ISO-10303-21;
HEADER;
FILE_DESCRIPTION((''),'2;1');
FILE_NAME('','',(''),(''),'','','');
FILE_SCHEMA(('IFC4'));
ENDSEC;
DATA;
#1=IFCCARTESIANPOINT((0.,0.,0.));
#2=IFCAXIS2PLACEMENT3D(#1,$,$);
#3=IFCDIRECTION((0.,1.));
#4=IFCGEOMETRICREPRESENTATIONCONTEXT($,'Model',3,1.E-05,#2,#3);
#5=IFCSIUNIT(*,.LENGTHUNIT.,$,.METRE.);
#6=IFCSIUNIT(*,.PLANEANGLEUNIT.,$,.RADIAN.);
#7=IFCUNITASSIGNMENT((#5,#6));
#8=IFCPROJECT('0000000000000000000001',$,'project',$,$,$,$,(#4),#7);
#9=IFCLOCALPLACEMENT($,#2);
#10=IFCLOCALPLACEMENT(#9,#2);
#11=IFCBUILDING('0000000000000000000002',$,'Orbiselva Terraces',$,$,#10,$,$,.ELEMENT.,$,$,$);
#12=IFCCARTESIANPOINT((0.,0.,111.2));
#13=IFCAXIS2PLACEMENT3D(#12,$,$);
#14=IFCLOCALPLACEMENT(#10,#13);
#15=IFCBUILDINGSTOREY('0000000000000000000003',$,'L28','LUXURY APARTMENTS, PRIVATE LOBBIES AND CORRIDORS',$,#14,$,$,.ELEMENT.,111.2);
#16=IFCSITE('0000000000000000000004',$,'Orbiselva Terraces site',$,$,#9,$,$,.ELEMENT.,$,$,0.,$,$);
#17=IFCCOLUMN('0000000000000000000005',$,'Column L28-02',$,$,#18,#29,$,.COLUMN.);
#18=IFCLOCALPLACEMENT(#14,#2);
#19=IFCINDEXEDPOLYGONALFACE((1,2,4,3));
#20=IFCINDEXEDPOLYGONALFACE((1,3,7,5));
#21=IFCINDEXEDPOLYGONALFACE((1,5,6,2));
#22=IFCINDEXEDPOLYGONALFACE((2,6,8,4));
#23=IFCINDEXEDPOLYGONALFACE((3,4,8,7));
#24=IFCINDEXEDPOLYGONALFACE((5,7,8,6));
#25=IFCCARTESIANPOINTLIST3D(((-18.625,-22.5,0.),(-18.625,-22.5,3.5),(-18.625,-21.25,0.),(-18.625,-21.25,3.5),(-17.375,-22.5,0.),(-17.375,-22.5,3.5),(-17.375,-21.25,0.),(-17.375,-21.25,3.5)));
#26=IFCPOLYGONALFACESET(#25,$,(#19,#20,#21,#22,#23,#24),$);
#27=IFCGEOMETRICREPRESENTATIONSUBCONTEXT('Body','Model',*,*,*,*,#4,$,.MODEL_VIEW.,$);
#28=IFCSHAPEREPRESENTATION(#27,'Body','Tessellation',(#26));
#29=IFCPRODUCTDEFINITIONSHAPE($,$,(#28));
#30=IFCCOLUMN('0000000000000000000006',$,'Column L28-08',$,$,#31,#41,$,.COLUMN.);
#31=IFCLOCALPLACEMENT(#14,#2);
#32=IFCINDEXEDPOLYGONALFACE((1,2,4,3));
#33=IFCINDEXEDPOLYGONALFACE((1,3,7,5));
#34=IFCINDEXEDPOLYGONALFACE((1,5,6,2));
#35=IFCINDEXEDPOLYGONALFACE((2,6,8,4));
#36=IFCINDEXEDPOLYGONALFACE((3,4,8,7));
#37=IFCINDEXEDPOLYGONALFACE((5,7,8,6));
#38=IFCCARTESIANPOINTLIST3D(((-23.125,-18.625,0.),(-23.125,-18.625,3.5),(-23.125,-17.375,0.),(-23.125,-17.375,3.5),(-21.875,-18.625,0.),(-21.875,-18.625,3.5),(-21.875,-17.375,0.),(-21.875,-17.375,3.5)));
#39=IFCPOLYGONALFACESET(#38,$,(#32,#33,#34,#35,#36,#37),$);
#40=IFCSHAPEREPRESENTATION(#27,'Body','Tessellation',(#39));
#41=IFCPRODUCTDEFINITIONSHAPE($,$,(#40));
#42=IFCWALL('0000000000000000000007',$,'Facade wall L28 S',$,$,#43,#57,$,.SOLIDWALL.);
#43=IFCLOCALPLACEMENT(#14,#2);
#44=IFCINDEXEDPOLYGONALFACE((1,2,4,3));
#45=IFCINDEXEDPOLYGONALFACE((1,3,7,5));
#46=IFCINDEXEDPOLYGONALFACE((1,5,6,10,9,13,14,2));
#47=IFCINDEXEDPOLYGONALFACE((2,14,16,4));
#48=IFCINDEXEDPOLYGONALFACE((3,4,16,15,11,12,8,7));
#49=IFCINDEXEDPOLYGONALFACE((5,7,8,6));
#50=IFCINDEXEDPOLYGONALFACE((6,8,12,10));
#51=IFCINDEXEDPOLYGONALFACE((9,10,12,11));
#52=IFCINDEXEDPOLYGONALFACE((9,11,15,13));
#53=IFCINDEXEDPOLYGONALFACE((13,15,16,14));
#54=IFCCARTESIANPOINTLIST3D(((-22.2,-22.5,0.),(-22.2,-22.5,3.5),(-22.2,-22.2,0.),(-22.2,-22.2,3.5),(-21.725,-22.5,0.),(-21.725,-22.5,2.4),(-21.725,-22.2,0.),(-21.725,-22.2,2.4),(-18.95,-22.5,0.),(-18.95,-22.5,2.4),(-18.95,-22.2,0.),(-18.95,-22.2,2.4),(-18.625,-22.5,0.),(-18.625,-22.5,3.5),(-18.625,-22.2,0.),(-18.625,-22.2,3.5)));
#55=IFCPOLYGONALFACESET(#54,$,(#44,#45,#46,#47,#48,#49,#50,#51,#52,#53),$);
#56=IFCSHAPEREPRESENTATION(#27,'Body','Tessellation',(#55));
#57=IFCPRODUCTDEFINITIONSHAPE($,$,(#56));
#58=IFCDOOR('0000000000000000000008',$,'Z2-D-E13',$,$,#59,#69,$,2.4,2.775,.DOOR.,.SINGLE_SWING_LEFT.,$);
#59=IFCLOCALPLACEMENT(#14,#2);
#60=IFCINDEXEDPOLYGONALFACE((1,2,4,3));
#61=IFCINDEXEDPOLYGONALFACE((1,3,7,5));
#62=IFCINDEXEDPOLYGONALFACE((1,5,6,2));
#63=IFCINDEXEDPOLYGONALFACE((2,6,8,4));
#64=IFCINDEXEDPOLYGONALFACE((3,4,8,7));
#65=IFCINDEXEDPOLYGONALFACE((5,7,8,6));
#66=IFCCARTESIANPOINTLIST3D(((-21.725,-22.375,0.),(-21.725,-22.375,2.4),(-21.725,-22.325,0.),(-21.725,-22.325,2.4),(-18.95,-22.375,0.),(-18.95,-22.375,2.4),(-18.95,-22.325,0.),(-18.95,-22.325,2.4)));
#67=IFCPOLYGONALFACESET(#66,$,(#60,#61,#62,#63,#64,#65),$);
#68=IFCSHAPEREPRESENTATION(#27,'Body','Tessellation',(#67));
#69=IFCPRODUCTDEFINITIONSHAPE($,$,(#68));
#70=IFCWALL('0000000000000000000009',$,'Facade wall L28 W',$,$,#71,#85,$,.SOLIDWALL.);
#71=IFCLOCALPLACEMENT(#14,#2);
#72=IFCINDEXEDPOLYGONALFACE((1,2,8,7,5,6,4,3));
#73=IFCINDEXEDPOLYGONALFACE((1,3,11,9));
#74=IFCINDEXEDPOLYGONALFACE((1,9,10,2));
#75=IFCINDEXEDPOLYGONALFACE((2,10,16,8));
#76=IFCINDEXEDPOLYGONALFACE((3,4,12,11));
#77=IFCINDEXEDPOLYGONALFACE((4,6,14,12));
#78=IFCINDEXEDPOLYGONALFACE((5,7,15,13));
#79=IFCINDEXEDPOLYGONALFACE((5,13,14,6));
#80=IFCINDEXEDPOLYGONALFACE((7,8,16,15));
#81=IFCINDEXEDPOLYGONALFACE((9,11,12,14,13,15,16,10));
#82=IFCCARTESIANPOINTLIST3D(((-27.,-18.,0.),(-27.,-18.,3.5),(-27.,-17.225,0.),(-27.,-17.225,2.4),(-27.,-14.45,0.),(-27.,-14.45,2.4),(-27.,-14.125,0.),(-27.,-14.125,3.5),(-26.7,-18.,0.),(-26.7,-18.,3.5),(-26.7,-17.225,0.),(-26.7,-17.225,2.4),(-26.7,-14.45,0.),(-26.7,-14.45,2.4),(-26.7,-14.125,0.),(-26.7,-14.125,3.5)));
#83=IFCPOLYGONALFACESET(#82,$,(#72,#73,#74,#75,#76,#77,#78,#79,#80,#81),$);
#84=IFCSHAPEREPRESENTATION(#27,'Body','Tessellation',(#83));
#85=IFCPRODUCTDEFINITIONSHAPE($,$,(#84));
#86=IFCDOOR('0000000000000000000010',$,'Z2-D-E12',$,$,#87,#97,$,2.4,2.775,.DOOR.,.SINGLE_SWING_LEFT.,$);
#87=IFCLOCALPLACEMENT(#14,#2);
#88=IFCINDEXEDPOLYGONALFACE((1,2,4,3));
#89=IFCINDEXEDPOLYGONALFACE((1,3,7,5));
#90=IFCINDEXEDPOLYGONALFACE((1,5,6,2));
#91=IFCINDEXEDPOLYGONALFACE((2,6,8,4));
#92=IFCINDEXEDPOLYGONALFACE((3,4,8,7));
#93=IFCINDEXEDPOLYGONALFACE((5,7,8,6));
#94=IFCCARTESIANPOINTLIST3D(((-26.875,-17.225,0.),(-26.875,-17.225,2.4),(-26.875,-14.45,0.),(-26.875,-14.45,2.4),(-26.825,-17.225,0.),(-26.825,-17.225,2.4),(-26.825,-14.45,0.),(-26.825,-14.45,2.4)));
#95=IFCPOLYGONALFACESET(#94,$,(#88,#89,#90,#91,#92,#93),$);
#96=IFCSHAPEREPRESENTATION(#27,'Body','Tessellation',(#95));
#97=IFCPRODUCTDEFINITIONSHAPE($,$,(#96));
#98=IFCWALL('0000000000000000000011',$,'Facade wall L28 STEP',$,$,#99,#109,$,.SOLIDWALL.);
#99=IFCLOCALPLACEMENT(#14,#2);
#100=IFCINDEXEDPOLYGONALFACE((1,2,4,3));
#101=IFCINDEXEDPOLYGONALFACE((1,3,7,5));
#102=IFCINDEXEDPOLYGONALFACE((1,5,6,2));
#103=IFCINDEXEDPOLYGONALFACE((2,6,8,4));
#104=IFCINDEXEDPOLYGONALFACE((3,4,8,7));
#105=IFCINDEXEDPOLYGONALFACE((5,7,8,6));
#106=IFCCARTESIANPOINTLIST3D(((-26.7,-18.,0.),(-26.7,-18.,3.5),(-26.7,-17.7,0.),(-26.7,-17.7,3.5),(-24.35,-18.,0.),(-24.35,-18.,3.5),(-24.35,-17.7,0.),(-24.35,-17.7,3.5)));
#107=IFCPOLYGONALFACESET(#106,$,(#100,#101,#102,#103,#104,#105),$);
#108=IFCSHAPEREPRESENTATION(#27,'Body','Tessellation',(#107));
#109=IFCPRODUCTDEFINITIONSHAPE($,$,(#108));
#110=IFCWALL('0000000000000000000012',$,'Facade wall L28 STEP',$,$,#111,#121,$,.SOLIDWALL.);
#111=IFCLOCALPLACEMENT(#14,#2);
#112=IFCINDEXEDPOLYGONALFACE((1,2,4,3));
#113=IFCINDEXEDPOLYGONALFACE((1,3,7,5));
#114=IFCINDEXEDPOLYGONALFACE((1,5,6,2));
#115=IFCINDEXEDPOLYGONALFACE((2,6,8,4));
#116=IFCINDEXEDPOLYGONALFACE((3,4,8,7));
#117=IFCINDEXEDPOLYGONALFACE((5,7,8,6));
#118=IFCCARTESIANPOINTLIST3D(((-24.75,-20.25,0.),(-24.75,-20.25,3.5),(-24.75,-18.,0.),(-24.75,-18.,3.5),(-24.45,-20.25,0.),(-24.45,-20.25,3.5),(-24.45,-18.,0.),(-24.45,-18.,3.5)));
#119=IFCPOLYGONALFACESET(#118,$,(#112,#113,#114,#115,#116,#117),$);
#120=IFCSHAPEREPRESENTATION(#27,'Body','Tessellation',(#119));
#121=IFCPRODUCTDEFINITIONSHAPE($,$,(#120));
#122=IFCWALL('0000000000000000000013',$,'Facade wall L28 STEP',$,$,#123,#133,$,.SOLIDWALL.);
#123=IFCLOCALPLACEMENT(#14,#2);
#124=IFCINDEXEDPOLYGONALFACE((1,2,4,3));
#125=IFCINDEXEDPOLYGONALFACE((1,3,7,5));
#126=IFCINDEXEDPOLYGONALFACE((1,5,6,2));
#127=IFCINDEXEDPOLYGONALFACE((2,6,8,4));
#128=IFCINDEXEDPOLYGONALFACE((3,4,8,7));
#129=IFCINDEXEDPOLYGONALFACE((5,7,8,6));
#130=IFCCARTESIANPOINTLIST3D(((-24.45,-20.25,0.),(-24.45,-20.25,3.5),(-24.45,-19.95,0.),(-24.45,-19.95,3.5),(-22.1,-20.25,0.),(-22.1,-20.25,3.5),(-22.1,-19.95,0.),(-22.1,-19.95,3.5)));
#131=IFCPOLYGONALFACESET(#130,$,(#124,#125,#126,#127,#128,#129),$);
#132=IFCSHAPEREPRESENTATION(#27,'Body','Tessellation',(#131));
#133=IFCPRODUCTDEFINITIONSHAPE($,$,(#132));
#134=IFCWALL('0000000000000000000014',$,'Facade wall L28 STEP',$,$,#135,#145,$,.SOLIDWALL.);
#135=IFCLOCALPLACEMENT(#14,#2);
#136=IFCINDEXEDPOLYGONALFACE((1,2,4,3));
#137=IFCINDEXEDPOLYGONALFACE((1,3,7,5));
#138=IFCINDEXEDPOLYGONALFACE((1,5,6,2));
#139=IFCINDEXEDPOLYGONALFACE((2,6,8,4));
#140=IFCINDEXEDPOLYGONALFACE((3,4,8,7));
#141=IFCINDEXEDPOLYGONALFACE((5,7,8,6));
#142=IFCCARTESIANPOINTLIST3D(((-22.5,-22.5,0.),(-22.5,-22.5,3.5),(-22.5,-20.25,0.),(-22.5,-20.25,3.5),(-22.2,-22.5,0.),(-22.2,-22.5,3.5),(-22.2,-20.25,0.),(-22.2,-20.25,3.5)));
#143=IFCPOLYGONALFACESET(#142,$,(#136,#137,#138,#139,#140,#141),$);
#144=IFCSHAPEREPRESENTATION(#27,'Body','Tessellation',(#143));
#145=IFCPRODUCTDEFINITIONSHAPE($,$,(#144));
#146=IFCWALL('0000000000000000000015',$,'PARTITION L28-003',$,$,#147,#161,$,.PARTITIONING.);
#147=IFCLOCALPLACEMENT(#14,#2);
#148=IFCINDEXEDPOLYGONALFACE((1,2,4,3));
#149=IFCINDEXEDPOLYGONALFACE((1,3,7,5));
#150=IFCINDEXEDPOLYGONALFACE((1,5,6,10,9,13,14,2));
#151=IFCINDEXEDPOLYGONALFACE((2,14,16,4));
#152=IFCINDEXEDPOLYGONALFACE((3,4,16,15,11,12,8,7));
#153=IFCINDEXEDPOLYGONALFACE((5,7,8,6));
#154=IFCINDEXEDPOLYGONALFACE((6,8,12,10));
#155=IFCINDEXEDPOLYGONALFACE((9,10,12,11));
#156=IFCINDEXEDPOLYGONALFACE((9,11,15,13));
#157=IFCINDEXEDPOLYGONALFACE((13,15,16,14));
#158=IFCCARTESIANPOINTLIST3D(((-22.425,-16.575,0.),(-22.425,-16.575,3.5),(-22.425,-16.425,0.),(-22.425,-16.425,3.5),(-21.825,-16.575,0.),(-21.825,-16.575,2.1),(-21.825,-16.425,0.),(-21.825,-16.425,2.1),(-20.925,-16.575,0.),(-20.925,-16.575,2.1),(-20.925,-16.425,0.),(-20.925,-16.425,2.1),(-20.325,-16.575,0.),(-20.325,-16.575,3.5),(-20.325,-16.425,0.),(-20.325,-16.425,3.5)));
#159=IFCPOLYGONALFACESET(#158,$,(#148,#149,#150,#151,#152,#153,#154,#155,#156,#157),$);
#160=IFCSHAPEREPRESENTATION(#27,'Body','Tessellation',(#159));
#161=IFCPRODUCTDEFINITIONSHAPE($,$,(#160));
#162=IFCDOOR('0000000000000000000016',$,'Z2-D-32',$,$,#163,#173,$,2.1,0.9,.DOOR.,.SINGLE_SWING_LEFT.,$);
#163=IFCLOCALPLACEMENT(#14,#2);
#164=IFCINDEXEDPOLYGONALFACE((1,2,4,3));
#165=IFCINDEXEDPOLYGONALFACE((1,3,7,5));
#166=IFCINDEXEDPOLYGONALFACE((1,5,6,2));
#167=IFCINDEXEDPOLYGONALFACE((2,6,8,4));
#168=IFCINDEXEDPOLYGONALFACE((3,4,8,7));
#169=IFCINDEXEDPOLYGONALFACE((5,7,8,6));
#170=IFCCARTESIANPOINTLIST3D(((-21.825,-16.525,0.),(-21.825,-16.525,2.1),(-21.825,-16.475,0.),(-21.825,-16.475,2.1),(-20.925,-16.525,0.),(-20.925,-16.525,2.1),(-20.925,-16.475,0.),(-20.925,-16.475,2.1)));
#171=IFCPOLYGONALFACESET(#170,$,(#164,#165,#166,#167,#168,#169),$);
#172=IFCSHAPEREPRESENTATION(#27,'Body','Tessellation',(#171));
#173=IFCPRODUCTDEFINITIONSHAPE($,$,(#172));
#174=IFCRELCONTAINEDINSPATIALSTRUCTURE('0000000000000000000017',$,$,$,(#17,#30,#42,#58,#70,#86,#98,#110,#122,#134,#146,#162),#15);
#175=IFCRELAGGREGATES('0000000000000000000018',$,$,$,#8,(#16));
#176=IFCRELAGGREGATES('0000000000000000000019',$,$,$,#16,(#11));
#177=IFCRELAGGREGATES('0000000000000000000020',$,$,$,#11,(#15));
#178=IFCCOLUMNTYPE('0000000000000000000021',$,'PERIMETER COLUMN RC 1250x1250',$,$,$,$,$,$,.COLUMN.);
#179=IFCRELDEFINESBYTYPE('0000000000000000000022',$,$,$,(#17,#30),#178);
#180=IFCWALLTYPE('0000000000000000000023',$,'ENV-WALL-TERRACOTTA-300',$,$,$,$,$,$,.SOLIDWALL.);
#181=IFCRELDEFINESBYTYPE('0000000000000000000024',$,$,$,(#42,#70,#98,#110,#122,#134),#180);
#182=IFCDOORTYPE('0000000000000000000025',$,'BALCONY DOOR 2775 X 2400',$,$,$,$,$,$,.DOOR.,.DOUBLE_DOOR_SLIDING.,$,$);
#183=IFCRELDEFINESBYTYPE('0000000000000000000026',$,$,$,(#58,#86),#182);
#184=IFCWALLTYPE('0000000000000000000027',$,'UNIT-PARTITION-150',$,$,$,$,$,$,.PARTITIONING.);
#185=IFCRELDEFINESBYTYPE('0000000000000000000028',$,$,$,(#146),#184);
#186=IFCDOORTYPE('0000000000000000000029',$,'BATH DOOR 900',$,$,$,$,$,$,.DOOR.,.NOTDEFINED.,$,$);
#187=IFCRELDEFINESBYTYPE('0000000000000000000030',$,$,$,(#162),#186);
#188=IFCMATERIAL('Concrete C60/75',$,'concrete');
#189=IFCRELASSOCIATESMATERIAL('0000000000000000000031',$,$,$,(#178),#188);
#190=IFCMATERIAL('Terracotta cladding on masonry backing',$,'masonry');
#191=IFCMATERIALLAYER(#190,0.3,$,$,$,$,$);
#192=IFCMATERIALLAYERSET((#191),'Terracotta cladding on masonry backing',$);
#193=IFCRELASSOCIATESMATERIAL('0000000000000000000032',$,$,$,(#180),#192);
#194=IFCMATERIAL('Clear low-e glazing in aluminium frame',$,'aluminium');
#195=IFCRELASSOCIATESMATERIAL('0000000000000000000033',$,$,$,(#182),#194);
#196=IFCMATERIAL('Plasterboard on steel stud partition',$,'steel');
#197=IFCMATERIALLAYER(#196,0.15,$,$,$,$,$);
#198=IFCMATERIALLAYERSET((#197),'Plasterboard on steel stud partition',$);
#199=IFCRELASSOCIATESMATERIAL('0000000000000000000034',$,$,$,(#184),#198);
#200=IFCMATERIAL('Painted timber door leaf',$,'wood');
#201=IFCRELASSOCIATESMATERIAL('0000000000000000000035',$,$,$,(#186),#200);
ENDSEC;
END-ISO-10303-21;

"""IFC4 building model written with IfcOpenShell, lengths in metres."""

from ifc_helpers import new_model, si_unit, direction, frame, frame_2d, origin, origin_2d, place, context, subcontext, project, spatial, rectangle, extrude, material, layer, layer_set, material_profile, profile_set, type_object, element, fill, save


model = new_model("IFC4")

# Units and contexts
model_context = context("Model", 3, precision=1e-05, world=origin(), true_north=direction((0.0, 1.0)))
body_context = subcontext(model_context, "Body", "Model", "MODEL_VIEW")
ifc_project = project(units=[si_unit("LENGTHUNIT", "METRE"), si_unit("PLANEANGLEUNIT", "RADIAN")], contexts=[model_context])

# Site, building, storey
site_placement = place(None, origin())
site = spatial("IfcSite", under=ifc_project, at=site_placement, Name="Orbiselva Terraces site", CompositionType="ELEMENT", RefElevation=0.0)
building_placement = place(site_placement, origin())
building = spatial("IfcBuilding", under=site, at=building_placement, Name="Orbiselva Terraces", CompositionType="ELEMENT")
storey_placement = place(building_placement, frame((0.0, 0.0, 111.2)))
storey = spatial("IfcBuildingStorey", under=building, at=storey_placement, Name="L28", Description="LUXURY APARTMENTS, PRIVATE LOBBIES AND CORRIDORS", CompositionType="ELEMENT", Elevation=111.2)

# Columns
ifc_material_1 = material(Name="Concrete C60/75", Category="concrete")
ifc_material_profile = material_profile(ifc_material_1, rectangle(XDim=1.25, YDim=1.25, at=origin_2d()), Name="RC 1250x1250")
ifc_profile_set = profile_set([ifc_material_profile], Name="Concrete C60/75")
column_type = type_object("IfcColumnType", Name="PERIMETER COLUMN RC 1250x1250", PredefinedType="COLUMN", material=ifc_profile_set)
for number, where, z_axis, x_axis, name in (
    (1, (-18.0, -21.875, 0.0), (0.0, 0.0, 1.0), (1.0, 0.0, 0.0), "Column L28-02"),
    (2, (-22.5, -18.0, 0.0), (0.0, 0.0, 1.0), (1.0, 0.0, 0.0), "Column L28-08"),
):
    element("IfcColumn", number, at=place(storey_placement, frame(where, z_axis=z_axis, x_axis=x_axis)), inside=storey, type_object=column_type, Name=name, PredefinedType="COLUMN", context=body_context, shape_type="SweptSolid", body=[
        extrude(rectangle(XDim=1.25, YDim=1.25, at=origin_2d()), origin(), (0.0, 0.0, 1.0), 3.5),
    ])

# Walls, openings, doors
ifc_material_2 = material(Name="Terracotta cladding on masonry backing", Category="masonry")
ifc_layer_1 = layer(ifc_material_2, 0.3)
ifc_layer_set_1 = layer_set([ifc_layer_1], Name="Terracotta cladding on masonry backing")
wall_type_1 = type_object("IfcWallType", Name="ENV-WALL-TERRACOTTA-300", PredefinedType="SOLIDWALL", material=ifc_layer_set_1)
wall_1_placement = place(storey_placement, frame((-18.625, -22.35, 0.0), z_axis=(0.0, 0.0, 1.0), x_axis=(-1.0, 0.0, 0.0)))
wall_1 = element("IfcWall", 3, at=wall_1_placement, inside=storey, type_object=wall_type_1, Name="Facade wall L28 S", PredefinedType="SOLIDWALL", context=body_context, shape_type="SweptSolid", body=[
    extrude(rectangle(XDim=3.575, YDim=0.3, at=frame_2d((1.7875, 0.0))), origin(), (0.0, 0.0, 1.0), 3.5),
])
opening_1_placement = place(wall_1_placement, frame((0.325, 0.0, 0.0)))
opening_1 = element("IfcOpeningElement", 4, at=opening_1_placement, cuts=wall_1, PredefinedType="OPENING", context=body_context, shape_type="SweptSolid", body=[
    extrude(rectangle(XDim=2.775, YDim=2.4, at=frame_2d((1.3875, 1.2))), frame((0.0, 0.16, 0.0), z_axis=(0.0, -1.0, 0.0), x_axis=(1.0, 0.0, 0.0)), (0.0, 0.0, 1.0), 0.32),
])
ifc_material_3 = material(Name="Clear low-e glazing in aluminium frame", Category="aluminium")
door_type_1 = type_object("IfcDoorType", Name="BALCONY DOOR 2775 X 2400", OperationType="DOUBLE_DOOR_SLIDING", PredefinedType="DOOR", material=ifc_material_3)
door_1_placement = place(opening_1_placement, origin())
door_1 = element("IfcDoor", 5, at=door_1_placement, inside=storey, type_object=door_type_1, Name="Z2-D-E13", OperationType="SINGLE_SWING_LEFT", OverallHeight=2.4, OverallWidth=2.775, PredefinedType="DOOR", context=body_context, shape_type="SweptSolid", body=[
    extrude(rectangle(XDim=2.775, YDim=2.4, at=frame_2d((1.3875, 1.2))), frame((0.0, 0.025, 0.0), z_axis=(0.0, -1.0, 0.0), x_axis=(1.0, 0.0, 0.0)), (0.0, 0.0, 1.0), 0.05),
])
fill(opening_1, door_1)
wall_2_placement = place(storey_placement, frame((-26.85, -18.0, 0.0), z_axis=(0.0, 0.0, 1.0), x_axis=(0.0, 1.0, 0.0)))
wall_2 = element("IfcWall", 6, at=wall_2_placement, inside=storey, type_object=wall_type_1, Name="Facade wall L28 W", PredefinedType="SOLIDWALL", context=body_context, shape_type="SweptSolid", body=[
    extrude(rectangle(XDim=3.875, YDim=0.3, at=frame_2d((1.9375, 0.0))), origin(), (0.0, 0.0, 1.0), 3.5),
])
opening_2_placement = place(wall_2_placement, frame((0.775, 0.0, 0.0)))
opening_2 = element("IfcOpeningElement", 7, at=opening_2_placement, cuts=wall_2, PredefinedType="OPENING", context=body_context, shape_type="SweptSolid", body=[
    extrude(rectangle(XDim=2.775, YDim=2.4, at=frame_2d((1.3875, 1.2))), frame((0.0, 0.16, 0.0), z_axis=(0.0, -1.0, 0.0), x_axis=(1.0, 0.0, 0.0)), (0.0, 0.0, 1.0), 0.32),
])
door_2_placement = place(opening_2_placement, origin())
door_2 = element("IfcDoor", 8, at=door_2_placement, inside=storey, type_object=door_type_1, Name="Z2-D-E12", OperationType="SINGLE_SWING_LEFT", OverallHeight=2.4, OverallWidth=2.775, PredefinedType="DOOR", context=body_context, shape_type="SweptSolid", body=[
    extrude(rectangle(XDim=2.775, YDim=2.4, at=frame_2d((1.3875, 1.2))), frame((0.0, 0.025, 0.0), z_axis=(0.0, -1.0, 0.0), x_axis=(1.0, 0.0, 0.0)), (0.0, 0.0, 1.0), 0.05),
])
fill(opening_2, door_2)

# Walls
wall_3_placement = place(storey_placement, frame((-24.35, -17.85, 0.0), z_axis=(0.0, 0.0, 1.0), x_axis=(-1.0, 0.0, 0.0)))
element("IfcWall", 9, at=wall_3_placement, inside=storey, type_object=wall_type_1, Name="Facade wall L28 STEP", PredefinedType="SOLIDWALL", context=body_context, shape_type="SweptSolid", body=[
    extrude(rectangle(XDim=2.35, YDim=0.3, at=frame_2d((1.175, 0.0))), origin(), (0.0, 0.0, 1.0), 3.5),
])
wall_4_placement = place(storey_placement, frame((-24.6, -20.25, 0.0), z_axis=(0.0, 0.0, 1.0), x_axis=(0.0, 1.0, 0.0)))
element("IfcWall", 10, at=wall_4_placement, inside=storey, type_object=wall_type_1, Name="Facade wall L28 STEP", PredefinedType="SOLIDWALL", context=body_context, shape_type="SweptSolid", body=[
    extrude(rectangle(XDim=2.25, YDim=0.3, at=frame_2d((1.125, 0.0))), origin(), (0.0, 0.0, 1.0), 3.5),
])
wall_5_placement = place(storey_placement, frame((-22.1, -20.1, 0.0), z_axis=(0.0, 0.0, 1.0), x_axis=(-1.0, 0.0, 0.0)))
element("IfcWall", 11, at=wall_5_placement, inside=storey, type_object=wall_type_1, Name="Facade wall L28 STEP", PredefinedType="SOLIDWALL", context=body_context, shape_type="SweptSolid", body=[
    extrude(rectangle(XDim=2.35, YDim=0.3, at=frame_2d((1.175, 0.0))), origin(), (0.0, 0.0, 1.0), 3.5),
])
wall_6_placement = place(storey_placement, frame((-22.35, -22.5, 0.0), z_axis=(0.0, 0.0, 1.0), x_axis=(0.0, 1.0, 0.0)))
element("IfcWall", 12, at=wall_6_placement, inside=storey, type_object=wall_type_1, Name="Facade wall L28 STEP", PredefinedType="SOLIDWALL", context=body_context, shape_type="SweptSolid", body=[
    extrude(rectangle(XDim=2.25, YDim=0.3, at=frame_2d((1.125, 0.0))), origin(), (0.0, 0.0, 1.0), 3.5),
])

# Wall, opening, door
ifc_material_4 = material(Name="Plasterboard on steel stud partition", Category="steel")
ifc_layer_2 = layer(ifc_material_4, 0.15)
ifc_layer_set_2 = layer_set([ifc_layer_2], Name="Plasterboard on steel stud partition")
wall_type_2 = type_object("IfcWallType", Name="UNIT-PARTITION-150", PredefinedType="PARTITIONING", material=ifc_layer_set_2)
wall_7_placement = place(storey_placement, frame((-22.425, -16.5, 0.0), z_axis=(0.0, 0.0, 1.0), x_axis=(1.0, 0.0, 0.0)))
wall_7 = element("IfcWall", 13, at=wall_7_placement, inside=storey, type_object=wall_type_2, Name="PARTITION L28-003", PredefinedType="PARTITIONING", context=body_context, shape_type="SweptSolid", body=[
    extrude(rectangle(XDim=2.1, YDim=0.15, at=frame_2d((1.05, 0.0))), origin(), (0.0, 0.0, 1.0), 3.5),
])
opening_3_placement = place(wall_7_placement, frame((0.6, 0.0, 0.0)))
opening_3 = element("IfcOpeningElement", 14, at=opening_3_placement, cuts=wall_7, PredefinedType="OPENING", context=body_context, shape_type="SweptSolid", body=[
    extrude(rectangle(XDim=0.9, YDim=2.1, at=frame_2d((0.45, 1.05))), frame((0.0, 0.085, 0.0), z_axis=(0.0, -1.0, 0.0), x_axis=(1.0, 0.0, 0.0)), (0.0, 0.0, 1.0), 0.17),
])
ifc_material_5 = material(Name="Painted timber door leaf", Category="wood")
door_type_2 = type_object("IfcDoorType", Name="BATH DOOR 900", OperationType="NOTDEFINED", PredefinedType="DOOR", material=ifc_material_5)
door_3_placement = place(opening_3_placement, origin())
door_3 = element("IfcDoor", 15, at=door_3_placement, inside=storey, type_object=door_type_2, Name="Z2-D-32", OperationType="SINGLE_SWING_LEFT", OverallHeight=2.1, OverallWidth=0.9, PredefinedType="DOOR", context=body_context, shape_type="SweptSolid", body=[
    extrude(rectangle(XDim=0.9, YDim=2.1, at=frame_2d((0.45, 1.05))), frame((0.0, 0.025, 0.0), z_axis=(0.0, -1.0, 0.0), x_axis=(1.0, 0.0, 0.0)), (0.0, 0.0, 1.0), 0.05),
])
fill(opening_3, door_3)

save(model, "model.ifc")
